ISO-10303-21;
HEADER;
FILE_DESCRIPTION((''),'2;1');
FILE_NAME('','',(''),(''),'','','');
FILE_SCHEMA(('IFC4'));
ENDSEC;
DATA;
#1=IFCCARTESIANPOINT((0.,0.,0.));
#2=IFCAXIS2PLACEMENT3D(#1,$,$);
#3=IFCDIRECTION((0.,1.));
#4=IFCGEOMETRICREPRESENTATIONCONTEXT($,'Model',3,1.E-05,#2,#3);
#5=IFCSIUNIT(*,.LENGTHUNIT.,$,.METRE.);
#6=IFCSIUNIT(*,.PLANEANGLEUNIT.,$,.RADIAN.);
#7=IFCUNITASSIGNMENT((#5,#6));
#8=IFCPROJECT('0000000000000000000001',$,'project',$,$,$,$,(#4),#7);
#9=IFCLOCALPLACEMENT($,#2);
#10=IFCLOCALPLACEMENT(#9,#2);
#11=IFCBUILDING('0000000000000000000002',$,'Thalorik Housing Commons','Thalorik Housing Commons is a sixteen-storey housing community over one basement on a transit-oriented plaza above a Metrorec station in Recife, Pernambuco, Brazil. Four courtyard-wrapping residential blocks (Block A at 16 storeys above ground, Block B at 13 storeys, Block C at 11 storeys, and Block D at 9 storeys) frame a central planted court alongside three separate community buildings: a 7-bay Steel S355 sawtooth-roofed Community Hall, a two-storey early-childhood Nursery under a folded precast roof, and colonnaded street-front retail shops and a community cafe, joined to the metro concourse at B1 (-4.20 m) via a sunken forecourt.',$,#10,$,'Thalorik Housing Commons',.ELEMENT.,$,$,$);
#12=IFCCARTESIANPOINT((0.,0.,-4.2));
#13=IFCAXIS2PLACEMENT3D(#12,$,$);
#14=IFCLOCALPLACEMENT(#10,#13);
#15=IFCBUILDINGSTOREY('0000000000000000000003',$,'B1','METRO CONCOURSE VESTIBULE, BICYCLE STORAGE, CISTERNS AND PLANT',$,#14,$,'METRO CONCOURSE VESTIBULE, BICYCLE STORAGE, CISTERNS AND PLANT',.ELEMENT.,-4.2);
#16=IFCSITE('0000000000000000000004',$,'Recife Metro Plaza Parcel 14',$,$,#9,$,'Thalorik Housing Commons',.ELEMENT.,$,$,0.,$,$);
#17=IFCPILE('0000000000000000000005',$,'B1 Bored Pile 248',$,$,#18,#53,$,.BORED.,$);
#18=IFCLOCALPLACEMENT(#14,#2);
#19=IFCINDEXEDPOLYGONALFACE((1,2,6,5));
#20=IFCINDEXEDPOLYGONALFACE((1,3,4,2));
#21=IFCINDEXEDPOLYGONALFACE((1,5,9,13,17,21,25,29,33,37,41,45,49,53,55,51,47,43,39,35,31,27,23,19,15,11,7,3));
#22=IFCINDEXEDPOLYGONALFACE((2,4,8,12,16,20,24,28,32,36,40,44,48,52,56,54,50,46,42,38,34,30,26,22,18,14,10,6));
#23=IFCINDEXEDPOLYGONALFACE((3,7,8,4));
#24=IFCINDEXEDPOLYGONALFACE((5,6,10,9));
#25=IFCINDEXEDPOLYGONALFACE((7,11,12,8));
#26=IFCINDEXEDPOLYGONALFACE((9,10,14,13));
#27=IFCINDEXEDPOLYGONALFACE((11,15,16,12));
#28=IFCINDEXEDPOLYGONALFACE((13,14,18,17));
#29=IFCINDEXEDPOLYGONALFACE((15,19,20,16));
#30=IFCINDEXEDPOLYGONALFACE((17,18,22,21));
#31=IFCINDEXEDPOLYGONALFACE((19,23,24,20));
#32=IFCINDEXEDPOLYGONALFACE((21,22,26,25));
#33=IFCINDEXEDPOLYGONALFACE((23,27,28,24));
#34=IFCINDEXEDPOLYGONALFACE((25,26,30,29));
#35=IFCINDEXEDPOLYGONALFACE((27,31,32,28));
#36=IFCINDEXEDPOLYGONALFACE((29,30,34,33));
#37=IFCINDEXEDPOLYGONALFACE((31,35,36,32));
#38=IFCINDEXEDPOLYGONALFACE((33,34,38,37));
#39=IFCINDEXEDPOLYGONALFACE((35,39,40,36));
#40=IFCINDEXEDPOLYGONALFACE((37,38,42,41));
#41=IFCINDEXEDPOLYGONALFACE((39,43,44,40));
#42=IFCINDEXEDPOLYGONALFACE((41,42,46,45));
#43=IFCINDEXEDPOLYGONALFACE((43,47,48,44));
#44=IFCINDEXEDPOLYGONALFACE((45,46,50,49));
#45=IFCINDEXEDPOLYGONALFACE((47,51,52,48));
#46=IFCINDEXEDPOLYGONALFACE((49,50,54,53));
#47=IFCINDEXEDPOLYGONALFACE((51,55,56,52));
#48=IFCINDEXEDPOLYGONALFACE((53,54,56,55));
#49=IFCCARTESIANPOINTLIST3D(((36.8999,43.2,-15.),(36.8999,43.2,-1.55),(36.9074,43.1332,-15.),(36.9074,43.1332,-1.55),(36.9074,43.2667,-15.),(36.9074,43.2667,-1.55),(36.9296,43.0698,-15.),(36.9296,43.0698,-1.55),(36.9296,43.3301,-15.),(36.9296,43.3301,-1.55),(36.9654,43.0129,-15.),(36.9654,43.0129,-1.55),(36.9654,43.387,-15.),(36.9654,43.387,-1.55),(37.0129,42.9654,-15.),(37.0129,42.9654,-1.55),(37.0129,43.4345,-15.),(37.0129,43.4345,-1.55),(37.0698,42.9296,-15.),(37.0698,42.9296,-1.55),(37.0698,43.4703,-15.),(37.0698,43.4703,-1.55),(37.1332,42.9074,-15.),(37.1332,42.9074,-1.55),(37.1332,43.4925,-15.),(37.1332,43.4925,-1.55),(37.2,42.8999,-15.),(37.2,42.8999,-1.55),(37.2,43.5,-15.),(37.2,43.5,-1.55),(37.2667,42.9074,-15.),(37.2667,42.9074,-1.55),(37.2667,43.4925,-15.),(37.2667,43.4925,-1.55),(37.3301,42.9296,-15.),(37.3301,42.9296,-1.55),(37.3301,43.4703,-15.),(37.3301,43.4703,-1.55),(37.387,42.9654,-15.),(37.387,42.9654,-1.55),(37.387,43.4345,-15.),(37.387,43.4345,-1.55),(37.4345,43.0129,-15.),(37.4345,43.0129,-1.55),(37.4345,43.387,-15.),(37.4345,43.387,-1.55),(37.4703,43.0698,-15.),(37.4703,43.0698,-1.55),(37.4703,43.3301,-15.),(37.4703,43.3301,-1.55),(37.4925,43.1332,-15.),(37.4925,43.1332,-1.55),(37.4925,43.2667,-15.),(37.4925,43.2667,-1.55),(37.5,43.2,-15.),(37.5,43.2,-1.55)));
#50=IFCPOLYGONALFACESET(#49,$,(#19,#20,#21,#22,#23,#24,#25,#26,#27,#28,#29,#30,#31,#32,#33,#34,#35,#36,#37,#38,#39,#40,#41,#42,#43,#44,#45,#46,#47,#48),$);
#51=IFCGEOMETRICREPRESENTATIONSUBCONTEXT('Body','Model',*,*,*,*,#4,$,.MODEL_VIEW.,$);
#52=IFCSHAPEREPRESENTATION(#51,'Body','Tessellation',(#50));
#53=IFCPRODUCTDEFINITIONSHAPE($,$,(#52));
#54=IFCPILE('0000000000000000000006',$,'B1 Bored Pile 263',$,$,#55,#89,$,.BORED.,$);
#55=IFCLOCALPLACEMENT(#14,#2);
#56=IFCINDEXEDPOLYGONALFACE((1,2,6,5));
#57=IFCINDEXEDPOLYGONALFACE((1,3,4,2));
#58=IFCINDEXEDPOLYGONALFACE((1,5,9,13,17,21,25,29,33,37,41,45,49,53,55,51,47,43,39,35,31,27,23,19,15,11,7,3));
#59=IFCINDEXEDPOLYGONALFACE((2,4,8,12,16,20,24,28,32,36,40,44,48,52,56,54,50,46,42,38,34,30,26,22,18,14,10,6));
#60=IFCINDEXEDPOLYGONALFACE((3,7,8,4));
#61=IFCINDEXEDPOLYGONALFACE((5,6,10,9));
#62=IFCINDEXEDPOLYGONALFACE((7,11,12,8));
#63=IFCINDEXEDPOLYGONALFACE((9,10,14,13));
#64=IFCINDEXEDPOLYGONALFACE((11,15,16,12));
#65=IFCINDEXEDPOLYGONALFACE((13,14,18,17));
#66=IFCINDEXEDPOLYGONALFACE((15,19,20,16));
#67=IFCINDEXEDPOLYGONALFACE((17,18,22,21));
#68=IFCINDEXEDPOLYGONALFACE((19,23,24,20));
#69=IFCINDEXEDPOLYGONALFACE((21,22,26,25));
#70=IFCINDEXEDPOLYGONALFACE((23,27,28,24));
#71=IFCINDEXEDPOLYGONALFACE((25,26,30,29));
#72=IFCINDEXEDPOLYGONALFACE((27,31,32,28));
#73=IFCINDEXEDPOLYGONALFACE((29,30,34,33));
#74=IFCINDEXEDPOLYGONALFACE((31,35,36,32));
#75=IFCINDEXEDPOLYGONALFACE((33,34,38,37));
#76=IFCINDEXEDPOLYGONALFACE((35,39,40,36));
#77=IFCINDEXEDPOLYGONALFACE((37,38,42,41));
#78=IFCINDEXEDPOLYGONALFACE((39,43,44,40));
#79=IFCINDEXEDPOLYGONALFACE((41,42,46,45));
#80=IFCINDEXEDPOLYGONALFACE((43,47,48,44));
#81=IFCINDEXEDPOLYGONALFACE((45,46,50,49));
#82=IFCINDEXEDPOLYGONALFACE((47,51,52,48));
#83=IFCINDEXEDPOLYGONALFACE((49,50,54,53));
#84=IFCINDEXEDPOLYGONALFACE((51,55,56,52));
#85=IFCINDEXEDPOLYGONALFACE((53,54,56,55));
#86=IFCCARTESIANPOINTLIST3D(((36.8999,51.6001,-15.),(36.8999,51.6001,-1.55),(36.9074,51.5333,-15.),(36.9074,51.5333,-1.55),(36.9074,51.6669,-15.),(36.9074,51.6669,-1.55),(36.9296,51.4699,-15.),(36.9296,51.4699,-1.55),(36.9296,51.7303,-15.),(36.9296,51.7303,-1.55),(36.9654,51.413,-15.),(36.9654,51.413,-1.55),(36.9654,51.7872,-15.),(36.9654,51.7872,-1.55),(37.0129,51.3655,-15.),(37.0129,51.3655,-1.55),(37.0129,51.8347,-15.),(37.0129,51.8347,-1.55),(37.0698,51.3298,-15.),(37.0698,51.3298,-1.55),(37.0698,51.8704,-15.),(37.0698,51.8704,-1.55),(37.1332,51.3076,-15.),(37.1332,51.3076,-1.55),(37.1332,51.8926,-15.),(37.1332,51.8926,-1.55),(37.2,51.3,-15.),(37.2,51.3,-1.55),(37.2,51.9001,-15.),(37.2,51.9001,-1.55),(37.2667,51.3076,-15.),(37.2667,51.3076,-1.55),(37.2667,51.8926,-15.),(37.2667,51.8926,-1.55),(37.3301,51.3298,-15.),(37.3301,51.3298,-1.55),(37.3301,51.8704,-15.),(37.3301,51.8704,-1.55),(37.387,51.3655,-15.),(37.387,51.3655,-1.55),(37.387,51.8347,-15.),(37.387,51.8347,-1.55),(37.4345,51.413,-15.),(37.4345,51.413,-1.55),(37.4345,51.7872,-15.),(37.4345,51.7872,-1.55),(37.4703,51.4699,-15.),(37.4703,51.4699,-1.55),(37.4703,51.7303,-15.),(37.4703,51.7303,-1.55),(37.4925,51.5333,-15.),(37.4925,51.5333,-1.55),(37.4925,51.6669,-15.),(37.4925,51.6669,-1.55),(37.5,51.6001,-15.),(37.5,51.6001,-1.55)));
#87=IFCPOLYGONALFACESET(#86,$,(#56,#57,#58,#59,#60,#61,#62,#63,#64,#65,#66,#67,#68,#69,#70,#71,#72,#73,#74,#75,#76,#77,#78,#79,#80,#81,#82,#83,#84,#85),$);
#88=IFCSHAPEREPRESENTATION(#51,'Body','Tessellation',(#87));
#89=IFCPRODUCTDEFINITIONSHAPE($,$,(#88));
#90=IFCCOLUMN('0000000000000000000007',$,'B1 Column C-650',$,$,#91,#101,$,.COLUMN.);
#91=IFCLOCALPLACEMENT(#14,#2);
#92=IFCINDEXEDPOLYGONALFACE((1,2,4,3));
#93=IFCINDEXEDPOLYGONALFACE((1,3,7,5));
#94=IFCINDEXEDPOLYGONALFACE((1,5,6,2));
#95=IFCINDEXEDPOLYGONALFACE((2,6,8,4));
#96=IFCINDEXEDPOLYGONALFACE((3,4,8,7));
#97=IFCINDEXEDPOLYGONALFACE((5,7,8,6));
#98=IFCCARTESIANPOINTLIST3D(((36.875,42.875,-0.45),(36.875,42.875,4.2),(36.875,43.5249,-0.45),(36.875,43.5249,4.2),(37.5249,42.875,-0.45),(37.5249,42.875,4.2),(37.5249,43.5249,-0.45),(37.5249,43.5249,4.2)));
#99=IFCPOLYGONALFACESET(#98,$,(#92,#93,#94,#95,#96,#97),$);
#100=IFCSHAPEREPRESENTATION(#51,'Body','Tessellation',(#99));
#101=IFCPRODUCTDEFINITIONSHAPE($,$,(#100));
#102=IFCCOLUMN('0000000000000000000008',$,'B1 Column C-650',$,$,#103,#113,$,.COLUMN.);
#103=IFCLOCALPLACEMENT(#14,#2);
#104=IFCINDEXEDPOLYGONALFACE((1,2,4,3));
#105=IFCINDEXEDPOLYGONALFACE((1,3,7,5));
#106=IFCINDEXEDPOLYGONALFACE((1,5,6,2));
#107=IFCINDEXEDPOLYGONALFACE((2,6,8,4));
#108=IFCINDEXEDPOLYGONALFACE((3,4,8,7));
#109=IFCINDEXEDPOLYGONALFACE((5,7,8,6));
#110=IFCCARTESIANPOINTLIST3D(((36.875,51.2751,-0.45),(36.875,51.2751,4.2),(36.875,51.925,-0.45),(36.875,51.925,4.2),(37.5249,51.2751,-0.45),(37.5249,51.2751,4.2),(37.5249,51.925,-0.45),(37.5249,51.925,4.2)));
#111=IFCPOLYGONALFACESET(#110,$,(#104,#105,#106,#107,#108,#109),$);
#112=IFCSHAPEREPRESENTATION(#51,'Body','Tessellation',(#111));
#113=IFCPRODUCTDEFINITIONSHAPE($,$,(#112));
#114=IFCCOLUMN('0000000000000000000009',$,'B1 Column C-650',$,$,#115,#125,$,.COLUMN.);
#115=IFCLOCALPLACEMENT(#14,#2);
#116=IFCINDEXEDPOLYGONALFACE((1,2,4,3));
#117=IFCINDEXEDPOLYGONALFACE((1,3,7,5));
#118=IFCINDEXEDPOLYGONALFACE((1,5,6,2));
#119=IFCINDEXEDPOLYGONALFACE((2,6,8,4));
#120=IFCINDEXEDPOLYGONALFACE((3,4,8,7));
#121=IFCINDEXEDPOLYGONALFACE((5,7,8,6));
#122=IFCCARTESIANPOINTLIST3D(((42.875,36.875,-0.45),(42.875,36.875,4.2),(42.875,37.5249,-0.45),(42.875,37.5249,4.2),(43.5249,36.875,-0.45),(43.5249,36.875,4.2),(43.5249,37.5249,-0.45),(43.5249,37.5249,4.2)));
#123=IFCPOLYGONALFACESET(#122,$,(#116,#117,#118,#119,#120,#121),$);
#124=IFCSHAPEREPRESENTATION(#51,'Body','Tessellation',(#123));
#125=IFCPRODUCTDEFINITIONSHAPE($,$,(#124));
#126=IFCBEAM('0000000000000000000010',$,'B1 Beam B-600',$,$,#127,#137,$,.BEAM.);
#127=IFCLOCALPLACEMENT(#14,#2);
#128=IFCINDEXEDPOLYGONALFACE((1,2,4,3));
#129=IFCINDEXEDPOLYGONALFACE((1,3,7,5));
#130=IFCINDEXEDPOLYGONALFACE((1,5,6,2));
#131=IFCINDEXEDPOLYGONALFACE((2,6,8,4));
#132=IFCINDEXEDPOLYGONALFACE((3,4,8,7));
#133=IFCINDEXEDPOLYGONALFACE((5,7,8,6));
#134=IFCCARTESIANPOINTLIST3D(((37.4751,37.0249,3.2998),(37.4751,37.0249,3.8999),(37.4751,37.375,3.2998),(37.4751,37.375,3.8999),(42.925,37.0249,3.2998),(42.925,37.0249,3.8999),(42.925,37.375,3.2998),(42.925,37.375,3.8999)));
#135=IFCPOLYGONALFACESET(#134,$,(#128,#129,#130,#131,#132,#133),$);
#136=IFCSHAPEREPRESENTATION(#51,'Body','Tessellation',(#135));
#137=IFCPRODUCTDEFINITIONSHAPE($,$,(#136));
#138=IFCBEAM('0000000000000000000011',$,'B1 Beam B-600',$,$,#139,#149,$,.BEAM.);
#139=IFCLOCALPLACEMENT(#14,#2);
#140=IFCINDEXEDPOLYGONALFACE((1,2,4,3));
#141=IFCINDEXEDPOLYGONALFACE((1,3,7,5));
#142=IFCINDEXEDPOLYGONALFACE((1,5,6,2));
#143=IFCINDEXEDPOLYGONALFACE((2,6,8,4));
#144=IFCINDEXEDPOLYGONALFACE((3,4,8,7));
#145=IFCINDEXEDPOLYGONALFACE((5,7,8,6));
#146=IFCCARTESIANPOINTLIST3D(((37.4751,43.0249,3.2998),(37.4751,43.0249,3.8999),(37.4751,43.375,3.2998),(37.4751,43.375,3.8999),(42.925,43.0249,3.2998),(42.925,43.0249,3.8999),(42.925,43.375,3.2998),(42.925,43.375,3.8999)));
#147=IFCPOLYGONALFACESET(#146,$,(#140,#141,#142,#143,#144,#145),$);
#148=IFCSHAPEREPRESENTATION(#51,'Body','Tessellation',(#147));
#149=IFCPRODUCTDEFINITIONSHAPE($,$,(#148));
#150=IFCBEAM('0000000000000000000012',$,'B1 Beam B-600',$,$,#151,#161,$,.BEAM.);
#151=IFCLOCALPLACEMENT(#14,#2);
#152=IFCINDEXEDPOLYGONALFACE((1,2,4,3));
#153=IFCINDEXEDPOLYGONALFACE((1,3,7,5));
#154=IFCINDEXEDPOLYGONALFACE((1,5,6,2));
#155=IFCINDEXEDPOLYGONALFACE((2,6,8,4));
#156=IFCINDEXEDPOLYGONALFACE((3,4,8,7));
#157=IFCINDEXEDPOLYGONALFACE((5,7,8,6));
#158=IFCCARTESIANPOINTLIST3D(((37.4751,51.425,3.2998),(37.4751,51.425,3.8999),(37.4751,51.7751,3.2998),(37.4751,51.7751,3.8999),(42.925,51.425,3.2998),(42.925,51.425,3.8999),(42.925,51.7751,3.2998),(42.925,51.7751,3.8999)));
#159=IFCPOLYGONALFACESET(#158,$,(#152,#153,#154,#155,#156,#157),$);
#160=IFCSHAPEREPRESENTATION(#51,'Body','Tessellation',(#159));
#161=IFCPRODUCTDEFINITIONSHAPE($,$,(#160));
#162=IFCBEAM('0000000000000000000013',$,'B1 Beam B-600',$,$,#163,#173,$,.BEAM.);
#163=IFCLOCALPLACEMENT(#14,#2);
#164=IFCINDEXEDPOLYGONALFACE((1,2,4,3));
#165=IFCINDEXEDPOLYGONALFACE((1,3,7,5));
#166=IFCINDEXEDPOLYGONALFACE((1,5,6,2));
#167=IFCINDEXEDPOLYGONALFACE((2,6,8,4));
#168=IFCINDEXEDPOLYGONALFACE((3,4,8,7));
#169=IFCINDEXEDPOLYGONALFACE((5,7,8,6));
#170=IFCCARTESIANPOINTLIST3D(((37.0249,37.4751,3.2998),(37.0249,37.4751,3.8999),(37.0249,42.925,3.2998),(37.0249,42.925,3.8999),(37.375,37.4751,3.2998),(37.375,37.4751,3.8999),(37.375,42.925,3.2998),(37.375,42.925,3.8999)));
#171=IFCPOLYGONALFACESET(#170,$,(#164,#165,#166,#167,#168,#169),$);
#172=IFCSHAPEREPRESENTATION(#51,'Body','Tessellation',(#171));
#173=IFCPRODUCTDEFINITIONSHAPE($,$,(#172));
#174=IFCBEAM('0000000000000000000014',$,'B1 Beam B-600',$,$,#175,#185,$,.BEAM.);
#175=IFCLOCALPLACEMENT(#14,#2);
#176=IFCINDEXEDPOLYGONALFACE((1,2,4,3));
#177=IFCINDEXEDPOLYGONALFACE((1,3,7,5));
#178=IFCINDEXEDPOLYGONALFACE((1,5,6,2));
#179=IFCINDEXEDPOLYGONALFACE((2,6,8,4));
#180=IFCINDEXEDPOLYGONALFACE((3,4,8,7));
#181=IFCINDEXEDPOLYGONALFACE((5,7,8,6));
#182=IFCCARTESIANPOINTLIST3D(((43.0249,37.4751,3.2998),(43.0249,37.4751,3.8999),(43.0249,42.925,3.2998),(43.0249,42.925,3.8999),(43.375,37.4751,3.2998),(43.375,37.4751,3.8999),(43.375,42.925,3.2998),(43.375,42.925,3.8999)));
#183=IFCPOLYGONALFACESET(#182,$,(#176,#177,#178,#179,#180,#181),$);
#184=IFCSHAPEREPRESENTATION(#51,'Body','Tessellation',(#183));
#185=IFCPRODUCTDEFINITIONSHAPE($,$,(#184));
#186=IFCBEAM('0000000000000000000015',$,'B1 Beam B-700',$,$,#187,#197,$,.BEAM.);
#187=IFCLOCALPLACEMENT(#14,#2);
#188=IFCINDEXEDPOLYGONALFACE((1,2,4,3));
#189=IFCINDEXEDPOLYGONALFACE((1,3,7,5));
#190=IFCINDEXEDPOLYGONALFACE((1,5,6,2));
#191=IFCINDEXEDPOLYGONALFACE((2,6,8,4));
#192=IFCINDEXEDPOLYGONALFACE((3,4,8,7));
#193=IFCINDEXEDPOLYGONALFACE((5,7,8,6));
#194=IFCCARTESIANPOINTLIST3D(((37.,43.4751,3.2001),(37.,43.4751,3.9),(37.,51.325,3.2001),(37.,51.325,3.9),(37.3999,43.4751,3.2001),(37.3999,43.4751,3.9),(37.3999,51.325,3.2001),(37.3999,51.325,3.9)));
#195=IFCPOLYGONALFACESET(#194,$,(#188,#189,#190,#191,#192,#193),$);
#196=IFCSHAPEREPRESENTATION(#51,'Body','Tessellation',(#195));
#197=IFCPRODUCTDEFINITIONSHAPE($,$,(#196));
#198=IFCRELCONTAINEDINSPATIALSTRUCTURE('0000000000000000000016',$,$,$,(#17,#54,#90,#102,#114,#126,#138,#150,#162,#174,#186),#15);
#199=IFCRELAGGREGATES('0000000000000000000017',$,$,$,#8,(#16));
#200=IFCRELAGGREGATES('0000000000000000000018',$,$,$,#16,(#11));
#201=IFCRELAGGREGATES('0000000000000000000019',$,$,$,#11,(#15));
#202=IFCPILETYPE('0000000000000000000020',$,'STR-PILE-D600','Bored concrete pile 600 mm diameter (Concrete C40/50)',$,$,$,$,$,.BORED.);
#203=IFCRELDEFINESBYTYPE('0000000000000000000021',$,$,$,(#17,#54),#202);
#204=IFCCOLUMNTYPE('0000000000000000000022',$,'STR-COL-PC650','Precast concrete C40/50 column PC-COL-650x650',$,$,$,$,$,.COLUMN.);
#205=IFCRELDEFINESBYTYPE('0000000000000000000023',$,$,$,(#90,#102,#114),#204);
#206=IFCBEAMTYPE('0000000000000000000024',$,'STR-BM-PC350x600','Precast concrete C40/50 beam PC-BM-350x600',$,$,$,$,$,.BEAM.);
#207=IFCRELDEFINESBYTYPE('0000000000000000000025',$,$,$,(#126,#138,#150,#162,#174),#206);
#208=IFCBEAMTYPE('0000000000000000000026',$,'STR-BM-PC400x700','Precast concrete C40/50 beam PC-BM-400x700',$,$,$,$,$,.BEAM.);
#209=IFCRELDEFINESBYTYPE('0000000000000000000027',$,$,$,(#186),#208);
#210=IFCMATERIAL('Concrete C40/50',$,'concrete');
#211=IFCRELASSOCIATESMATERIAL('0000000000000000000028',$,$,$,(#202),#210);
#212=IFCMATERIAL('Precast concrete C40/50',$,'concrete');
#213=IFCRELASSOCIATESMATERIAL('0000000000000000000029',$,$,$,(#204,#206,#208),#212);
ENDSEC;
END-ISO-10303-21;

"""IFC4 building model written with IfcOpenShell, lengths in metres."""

from ifc_helpers import new_model, si_unit, direction, frame, origin, origin_2d, place, context, subcontext, project, spatial, rectangle, circle, extrude, material, material_profile, profile_set, type_object, element, save


model = new_model("IFC4")

# Units and contexts
model_context = context("Model", 3, precision=1e-05, world=origin(), true_north=direction((0.0, 1.0)))
body_context = subcontext(model_context, "Body", "Model", "MODEL_VIEW")
ifc_project = project(units=[si_unit("LENGTHUNIT", "METRE"), si_unit("PLANEANGLEUNIT", "RADIAN")], contexts=[model_context])

# Site, building, storey
site_placement = place(None, origin())
site = spatial("IfcSite", under=ifc_project, at=site_placement, Name="Recife Metro Plaza Parcel 14", LongName="Thalorik Housing Commons", CompositionType="ELEMENT", RefElevation=0.0)
building_placement = place(site_placement, origin())
building = spatial("IfcBuilding", under=site, at=building_placement, Name="Thalorik Housing Commons", Description="Thalorik Housing Commons is a sixteen-storey housing community over one basement on a transit-oriented plaza above a Metrorec station in Recife, Pernambuco, Brazil. Four courtyard-wrapping residential blocks (Block A at 16 storeys above ground, Block B at 13 storeys, Block C at 11 storeys, and Block D at 9 storeys) frame a central planted court alongside three separate community buildings: a 7-bay Steel S355 sawtooth-roofed Community Hall, a two-storey early-childhood Nursery under a folded precast roof, and colonnaded street-front retail shops and a community cafe, joined to the metro concourse at B1 (-4.20 m) via a sunken forecourt.", LongName="Thalorik Housing Commons", CompositionType="ELEMENT")
storey_placement = place(building_placement, frame((0.0, 0.0, -4.2)))
storey = spatial("IfcBuildingStorey", under=building, at=storey_placement, Name="B1", Description="METRO CONCOURSE VESTIBULE, BICYCLE STORAGE, CISTERNS AND PLANT", LongName="METRO CONCOURSE VESTIBULE, BICYCLE STORAGE, CISTERNS AND PLANT", CompositionType="ELEMENT", Elevation=-4.2)

# Shared definitions
ifc_material_1 = material(Name="Concrete C40/50", Category="concrete")

# Piles
ifc_material_profile_1 = material_profile(ifc_material_1, circle(Radius=0.3, at=origin_2d()), Name="BORED PILE D600", Category="concrete")
ifc_profile_set_1 = profile_set([ifc_material_profile_1], Name="Concrete C40/50")
pile_type = type_object("IfcPileType", Name="STR-PILE-D600", Description="Bored concrete pile 600 mm diameter (Concrete C40/50)", PredefinedType="BORED", material=ifc_profile_set_1)
for number, where, z_axis, x_axis, name in (
    (1, (37.2, 43.2, -1.55), (0.0, 0.0, -1.0), (1.0, 0.0, 0.0), "B1 Bored Pile 248"),
    (2, (37.2, 51.6001, -1.55), (0.0, 0.0, -1.0), (1.0, 0.0, 0.0), "B1 Bored Pile 263"),
):
    element("IfcPile", number, at=place(storey_placement, frame(where, z_axis=z_axis, x_axis=x_axis)), inside=storey, type_object=pile_type, Name=name, PredefinedType="BORED", context=body_context, shape_type="SweptSolid", body=[
        extrude(circle(Radius=0.3, at=origin_2d()), origin(), (0.0, 0.0, 1.0), 13.45),
    ])

# Columns
ifc_material_2 = material(Name="Precast concrete C40/50", Category="concrete")
ifc_material_profile_2 = material_profile(ifc_material_2, rectangle(XDim=0.6499, YDim=0.6499, at=origin_2d()), Name="PC 650x650", Category="concrete")
ifc_profile_set_2 = profile_set([ifc_material_profile_2], Name="Precast concrete C40/50")
column_type = type_object("IfcColumnType", Name="STR-COL-PC650", Description="Precast concrete C40/50 column PC-COL-650x650", PredefinedType="COLUMN", material=ifc_profile_set_2)
for number, where, z_axis, x_axis, name in (
    (3, (37.2, 43.2, -0.45), (0.0, 0.0, 1.0), (1.0, 0.0, 0.0), "B1 Column C-650"),
    (4, (37.2, 51.6001, -0.45), (0.0, 0.0, 1.0), (1.0, 0.0, 0.0), "B1 Column C-650"),
    (5, (43.2, 37.2, -0.45), (0.0, 0.0, 1.0), (1.0, 0.0, 0.0), "B1 Column C-650"),
):
    element("IfcColumn", number, at=place(storey_placement, frame(where, z_axis=z_axis, x_axis=x_axis)), inside=storey, type_object=column_type, Name=name, PredefinedType="COLUMN", context=body_context, shape_type="SweptSolid", body=[
        extrude(rectangle(XDim=0.6499, YDim=0.6499, at=origin_2d()), origin(), (0.0, 0.0, 1.0), 4.6499),
    ])

# Beams
ifc_material_profile_3 = material_profile(ifc_material_2, rectangle(XDim=0.3501, YDim=0.6001, at=origin_2d()), Name="PC 350x600", Category="concrete")
ifc_profile_set_3 = profile_set([ifc_material_profile_3], Name="Precast concrete C40/50")
beam_type_1 = type_object("IfcBeamType", Name="STR-BM-PC350x600", Description="Precast concrete C40/50 beam PC-BM-350x600", PredefinedType="BEAM", material=ifc_profile_set_3)
for number, where, z_axis, x_axis, name in (
    (6, (37.4751, 37.2, 3.5999), (1.0, 0.0, 0.0), (0.0, 1.0, 0.0), "B1 Beam B-600"),
    (7, (37.4751, 43.2, 3.5999), (1.0, 0.0, 0.0), (0.0, 1.0, 0.0), "B1 Beam B-600"),
    (8, (37.4751, 51.6001, 3.5999), (1.0, 0.0, 0.0), (0.0, 1.0, 0.0), "B1 Beam B-600"),
    (9, (37.2, 37.4751, 3.5999), (0.0, 1.0, 0.0), (-1.0, 0.0, 0.0), "B1 Beam B-600"),
    (10, (43.2, 37.4751, 3.5999), (0.0, 1.0, 0.0), (-1.0, 0.0, 0.0), "B1 Beam B-600"),
):
    element("IfcBeam", number, at=place(storey_placement, frame(where, z_axis=z_axis, x_axis=x_axis)), inside=storey, type_object=beam_type_1, Name=name, PredefinedType="BEAM", context=body_context, shape_type="SweptSolid", body=[
        extrude(rectangle(XDim=0.3501, YDim=0.6001, at=origin_2d()), origin(), (0.0, 0.0, 1.0), 5.45),
    ])
ifc_material_profile_4 = material_profile(ifc_material_2, rectangle(XDim=0.3999, YDim=0.7, at=origin_2d()), Name="PC 400x700", Category="concrete")
ifc_profile_set_4 = profile_set([ifc_material_profile_4], Name="Precast concrete C40/50")
beam_type_2 = type_object("IfcBeamType", Name="STR-BM-PC400x700", Description="Precast concrete C40/50 beam PC-BM-400x700", PredefinedType="BEAM", material=ifc_profile_set_4)
beam_placement = place(storey_placement, frame((37.2, 43.4751, 3.55), z_axis=(0.0, 1.0, 0.0), x_axis=(-1.0, 0.0, 0.0)))
element("IfcBeam", 11, at=beam_placement, inside=storey, type_object=beam_type_2, Name="B1 Beam B-700", PredefinedType="BEAM", context=body_context, shape_type="SweptSolid", body=[
    extrude(rectangle(XDim=0.3999, YDim=0.7, at=origin_2d()), origin(), (0.0, 0.0, 1.0), 7.8499),
])

save(model, "model.ifc")
